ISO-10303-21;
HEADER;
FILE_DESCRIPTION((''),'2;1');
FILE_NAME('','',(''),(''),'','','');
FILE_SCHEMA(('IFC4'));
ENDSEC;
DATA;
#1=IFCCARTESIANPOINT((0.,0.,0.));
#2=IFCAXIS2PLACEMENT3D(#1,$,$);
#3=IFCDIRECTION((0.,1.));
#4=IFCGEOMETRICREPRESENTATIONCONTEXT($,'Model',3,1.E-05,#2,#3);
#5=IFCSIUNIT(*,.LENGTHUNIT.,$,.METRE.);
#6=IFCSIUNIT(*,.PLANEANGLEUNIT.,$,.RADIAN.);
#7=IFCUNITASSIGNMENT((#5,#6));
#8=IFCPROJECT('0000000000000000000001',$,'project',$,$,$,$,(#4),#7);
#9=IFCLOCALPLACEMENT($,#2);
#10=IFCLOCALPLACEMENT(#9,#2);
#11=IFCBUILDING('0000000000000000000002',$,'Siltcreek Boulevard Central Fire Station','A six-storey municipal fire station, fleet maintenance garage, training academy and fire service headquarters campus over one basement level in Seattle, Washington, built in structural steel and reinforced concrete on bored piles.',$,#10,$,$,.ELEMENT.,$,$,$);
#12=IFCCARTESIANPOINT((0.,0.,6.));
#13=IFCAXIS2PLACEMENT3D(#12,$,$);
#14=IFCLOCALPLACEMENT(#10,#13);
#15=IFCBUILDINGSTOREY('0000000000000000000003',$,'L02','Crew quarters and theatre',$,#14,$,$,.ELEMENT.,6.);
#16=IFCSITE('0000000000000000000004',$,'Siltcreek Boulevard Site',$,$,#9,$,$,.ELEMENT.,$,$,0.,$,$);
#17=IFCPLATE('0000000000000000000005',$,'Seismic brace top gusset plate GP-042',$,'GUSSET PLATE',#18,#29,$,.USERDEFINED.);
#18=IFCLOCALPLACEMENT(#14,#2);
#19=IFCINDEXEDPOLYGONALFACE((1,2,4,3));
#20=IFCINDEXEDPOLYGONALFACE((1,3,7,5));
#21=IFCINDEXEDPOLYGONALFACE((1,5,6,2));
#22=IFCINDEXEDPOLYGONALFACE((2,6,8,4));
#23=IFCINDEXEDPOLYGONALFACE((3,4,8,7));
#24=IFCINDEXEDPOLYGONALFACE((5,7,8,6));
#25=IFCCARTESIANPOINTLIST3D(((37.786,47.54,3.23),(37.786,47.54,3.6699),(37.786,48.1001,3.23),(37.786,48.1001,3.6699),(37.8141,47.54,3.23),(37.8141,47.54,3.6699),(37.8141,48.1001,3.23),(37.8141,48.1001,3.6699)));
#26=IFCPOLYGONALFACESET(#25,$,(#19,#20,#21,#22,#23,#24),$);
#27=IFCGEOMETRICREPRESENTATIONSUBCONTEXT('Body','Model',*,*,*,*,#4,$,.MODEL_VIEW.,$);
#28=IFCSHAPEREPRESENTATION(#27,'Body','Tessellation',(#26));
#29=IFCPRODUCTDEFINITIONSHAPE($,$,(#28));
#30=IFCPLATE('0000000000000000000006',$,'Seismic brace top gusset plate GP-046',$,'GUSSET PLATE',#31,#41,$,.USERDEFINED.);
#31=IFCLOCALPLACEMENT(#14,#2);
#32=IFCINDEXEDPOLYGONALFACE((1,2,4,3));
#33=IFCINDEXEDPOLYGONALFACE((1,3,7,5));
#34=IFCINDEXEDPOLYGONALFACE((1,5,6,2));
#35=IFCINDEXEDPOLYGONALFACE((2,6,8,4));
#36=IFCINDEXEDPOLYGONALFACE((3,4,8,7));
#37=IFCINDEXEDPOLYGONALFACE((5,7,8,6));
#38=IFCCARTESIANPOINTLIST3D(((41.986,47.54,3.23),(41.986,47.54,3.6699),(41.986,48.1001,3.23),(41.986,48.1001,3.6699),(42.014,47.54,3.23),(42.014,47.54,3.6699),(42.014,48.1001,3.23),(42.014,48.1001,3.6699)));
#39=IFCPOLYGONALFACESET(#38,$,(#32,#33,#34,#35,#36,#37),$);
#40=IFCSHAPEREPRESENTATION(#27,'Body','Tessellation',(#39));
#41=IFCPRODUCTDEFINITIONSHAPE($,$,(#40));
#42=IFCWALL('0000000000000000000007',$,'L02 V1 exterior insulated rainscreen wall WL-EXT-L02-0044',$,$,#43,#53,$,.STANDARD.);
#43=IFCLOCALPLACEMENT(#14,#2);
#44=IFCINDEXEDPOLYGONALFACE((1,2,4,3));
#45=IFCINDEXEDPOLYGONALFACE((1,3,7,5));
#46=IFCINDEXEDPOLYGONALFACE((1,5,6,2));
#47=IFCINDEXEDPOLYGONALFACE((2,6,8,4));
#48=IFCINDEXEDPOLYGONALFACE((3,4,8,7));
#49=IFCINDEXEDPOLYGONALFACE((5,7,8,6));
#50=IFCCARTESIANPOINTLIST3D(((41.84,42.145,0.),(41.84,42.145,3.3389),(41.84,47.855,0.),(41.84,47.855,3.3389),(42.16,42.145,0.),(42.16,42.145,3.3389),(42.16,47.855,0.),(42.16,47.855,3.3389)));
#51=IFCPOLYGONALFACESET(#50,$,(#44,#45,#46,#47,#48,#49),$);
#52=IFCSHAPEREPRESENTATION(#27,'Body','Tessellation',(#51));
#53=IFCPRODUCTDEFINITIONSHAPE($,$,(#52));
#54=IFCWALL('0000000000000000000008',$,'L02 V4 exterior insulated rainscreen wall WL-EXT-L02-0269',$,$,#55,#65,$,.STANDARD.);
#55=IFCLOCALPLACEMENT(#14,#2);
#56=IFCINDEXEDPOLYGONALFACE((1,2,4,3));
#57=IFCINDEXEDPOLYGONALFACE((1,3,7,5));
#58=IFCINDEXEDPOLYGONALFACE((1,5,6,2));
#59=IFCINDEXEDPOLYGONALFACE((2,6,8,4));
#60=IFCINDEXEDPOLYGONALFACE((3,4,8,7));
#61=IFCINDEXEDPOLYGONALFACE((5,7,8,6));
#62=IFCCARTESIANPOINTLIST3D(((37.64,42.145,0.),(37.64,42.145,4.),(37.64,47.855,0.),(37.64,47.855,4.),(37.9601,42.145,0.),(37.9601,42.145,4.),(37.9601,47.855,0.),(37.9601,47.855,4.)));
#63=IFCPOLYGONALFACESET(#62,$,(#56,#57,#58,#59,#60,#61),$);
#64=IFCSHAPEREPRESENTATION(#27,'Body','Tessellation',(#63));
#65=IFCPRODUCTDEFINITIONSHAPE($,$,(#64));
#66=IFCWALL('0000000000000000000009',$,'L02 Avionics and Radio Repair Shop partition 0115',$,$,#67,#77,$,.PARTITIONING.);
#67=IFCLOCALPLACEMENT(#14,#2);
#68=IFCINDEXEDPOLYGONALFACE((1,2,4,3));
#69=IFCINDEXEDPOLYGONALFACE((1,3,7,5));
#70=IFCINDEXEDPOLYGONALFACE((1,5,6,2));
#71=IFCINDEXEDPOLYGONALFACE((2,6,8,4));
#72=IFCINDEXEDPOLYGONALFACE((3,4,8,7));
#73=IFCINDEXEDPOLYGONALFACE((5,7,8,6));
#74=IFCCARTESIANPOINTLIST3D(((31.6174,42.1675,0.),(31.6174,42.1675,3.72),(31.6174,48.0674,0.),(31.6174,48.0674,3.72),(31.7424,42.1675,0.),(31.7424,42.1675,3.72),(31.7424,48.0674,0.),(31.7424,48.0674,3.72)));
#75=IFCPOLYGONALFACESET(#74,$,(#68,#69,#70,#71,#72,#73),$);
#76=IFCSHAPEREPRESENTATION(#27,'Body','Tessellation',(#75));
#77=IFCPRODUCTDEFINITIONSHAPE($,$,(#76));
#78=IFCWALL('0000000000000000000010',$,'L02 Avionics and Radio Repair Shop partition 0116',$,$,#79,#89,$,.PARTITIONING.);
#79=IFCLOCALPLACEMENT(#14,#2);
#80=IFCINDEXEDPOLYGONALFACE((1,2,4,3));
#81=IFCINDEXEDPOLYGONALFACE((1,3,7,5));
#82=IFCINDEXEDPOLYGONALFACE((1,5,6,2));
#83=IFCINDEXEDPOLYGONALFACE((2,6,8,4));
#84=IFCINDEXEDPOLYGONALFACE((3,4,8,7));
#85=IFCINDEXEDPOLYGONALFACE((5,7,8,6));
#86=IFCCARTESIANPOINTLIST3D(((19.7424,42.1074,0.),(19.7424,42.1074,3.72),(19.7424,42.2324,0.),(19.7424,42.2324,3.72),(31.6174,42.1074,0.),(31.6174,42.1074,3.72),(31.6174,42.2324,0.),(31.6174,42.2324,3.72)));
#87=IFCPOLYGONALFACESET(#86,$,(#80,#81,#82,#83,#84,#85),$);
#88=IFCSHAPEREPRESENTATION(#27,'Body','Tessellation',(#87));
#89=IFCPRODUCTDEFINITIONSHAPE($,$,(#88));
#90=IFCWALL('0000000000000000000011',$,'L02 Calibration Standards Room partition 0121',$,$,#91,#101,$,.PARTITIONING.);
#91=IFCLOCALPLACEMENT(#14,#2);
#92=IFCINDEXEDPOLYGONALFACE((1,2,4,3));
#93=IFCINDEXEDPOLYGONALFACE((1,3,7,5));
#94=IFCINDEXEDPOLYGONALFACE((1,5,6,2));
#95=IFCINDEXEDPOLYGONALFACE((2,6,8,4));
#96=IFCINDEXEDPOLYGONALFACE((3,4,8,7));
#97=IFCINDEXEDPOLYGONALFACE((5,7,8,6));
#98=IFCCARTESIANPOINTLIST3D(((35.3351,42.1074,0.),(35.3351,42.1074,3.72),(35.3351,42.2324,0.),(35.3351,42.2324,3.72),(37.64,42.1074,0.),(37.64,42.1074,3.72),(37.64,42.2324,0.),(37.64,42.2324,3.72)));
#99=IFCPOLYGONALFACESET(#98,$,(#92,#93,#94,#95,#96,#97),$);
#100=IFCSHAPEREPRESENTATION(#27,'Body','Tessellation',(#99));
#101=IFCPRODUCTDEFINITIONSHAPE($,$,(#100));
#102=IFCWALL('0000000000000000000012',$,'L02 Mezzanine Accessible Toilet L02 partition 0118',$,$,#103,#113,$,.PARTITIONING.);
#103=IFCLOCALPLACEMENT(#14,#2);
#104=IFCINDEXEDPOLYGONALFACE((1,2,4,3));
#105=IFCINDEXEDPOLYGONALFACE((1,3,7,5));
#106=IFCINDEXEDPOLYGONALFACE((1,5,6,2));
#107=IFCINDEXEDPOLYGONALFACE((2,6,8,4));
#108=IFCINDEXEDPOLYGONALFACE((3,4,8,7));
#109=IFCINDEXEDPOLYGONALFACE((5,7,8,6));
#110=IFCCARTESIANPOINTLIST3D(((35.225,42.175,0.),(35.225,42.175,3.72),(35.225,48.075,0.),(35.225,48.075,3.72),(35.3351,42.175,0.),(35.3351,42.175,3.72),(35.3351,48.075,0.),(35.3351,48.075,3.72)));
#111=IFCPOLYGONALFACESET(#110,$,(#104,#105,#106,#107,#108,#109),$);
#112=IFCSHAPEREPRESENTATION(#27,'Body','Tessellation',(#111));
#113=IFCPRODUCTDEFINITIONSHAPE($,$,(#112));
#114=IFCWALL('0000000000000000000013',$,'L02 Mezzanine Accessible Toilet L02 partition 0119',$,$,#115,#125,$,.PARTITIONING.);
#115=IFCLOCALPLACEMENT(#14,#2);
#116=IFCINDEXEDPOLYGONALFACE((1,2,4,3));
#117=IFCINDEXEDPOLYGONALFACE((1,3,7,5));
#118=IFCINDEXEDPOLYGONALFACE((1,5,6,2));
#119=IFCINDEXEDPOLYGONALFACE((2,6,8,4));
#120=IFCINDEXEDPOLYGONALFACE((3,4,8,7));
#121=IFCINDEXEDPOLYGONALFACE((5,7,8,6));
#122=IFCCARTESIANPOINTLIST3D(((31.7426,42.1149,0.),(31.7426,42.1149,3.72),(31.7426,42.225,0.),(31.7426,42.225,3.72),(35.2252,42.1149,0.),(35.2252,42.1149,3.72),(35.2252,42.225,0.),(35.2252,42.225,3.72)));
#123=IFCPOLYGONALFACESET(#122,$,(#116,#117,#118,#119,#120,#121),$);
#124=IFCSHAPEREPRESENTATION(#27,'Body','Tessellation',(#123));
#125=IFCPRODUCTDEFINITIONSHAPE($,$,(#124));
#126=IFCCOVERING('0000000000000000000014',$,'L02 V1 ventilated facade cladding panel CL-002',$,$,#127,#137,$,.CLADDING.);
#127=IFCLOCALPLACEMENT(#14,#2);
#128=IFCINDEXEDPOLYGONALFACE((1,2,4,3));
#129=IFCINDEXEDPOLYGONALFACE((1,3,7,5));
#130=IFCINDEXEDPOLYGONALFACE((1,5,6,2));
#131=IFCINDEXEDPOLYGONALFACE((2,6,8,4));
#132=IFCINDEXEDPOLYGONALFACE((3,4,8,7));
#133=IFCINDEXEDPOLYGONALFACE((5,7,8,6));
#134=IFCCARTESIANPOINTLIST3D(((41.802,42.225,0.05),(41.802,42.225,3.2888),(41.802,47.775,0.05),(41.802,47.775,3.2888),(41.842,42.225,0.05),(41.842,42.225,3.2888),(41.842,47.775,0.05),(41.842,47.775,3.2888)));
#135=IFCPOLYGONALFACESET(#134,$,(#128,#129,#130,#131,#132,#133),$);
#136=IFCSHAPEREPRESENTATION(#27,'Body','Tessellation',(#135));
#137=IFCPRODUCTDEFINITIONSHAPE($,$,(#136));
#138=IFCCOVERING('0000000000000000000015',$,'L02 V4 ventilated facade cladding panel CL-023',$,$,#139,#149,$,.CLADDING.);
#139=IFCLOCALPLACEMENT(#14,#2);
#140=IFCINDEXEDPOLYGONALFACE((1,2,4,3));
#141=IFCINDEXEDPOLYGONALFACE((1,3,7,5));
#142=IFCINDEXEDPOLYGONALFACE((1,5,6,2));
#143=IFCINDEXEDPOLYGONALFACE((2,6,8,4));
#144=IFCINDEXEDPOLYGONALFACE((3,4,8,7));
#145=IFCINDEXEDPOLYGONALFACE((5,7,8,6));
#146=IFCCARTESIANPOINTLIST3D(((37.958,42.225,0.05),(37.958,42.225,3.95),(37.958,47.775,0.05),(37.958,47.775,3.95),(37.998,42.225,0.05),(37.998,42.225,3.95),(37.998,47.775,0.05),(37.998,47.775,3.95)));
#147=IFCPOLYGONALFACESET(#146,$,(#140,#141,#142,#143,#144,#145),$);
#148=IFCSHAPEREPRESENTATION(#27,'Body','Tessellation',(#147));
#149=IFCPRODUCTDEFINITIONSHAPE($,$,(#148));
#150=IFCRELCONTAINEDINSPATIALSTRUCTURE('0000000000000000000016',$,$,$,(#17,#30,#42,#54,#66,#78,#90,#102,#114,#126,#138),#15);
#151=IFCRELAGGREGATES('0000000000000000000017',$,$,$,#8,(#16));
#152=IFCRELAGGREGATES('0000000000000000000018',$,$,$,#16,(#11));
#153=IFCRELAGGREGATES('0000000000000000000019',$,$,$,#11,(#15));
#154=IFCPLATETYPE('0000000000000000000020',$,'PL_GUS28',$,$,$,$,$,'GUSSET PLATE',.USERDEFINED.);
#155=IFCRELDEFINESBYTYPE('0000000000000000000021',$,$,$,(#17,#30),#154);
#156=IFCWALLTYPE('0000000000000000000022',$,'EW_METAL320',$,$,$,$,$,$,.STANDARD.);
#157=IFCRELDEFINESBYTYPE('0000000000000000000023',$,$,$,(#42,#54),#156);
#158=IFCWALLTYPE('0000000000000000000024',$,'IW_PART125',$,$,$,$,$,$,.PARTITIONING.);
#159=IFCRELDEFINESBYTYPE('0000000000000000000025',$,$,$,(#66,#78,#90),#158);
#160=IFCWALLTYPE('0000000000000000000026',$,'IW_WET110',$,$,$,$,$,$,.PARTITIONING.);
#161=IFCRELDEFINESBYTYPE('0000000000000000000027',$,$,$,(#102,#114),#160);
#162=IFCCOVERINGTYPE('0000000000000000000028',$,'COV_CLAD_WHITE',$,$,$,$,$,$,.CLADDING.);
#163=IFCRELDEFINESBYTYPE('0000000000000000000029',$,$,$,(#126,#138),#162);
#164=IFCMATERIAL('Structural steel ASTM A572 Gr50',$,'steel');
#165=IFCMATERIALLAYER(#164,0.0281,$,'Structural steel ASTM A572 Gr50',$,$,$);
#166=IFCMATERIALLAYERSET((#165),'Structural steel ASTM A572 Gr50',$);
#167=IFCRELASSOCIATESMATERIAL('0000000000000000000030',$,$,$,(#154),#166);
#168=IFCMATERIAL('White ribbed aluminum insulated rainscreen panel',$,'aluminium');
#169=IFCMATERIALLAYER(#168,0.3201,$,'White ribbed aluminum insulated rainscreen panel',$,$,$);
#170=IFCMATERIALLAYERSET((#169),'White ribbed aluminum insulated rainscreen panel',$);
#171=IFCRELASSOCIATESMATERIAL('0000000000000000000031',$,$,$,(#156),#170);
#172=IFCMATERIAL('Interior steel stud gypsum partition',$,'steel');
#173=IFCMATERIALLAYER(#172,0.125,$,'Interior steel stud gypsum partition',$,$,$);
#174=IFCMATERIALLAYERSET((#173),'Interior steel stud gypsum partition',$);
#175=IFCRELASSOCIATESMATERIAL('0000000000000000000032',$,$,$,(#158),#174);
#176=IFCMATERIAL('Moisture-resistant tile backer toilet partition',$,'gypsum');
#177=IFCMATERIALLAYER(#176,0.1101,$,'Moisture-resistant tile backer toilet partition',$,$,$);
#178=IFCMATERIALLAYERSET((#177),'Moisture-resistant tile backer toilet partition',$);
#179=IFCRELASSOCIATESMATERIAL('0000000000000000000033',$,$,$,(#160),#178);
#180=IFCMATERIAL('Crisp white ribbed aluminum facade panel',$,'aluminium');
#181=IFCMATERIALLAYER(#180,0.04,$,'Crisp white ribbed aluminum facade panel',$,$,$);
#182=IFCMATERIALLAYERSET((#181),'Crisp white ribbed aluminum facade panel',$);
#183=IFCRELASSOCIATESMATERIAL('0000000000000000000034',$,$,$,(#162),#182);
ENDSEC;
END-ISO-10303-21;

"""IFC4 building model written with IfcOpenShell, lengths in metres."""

from ifc_helpers import new_model, si_unit, direction, frame, frame_2d, origin, origin_2d, place, context, subcontext, project, spatial, rectangle, extrude, material, layer, layer_set, type_object, element, save


model = new_model("IFC4")

# Units and contexts
model_context = context("Model", 3, precision=1e-05, world=origin(), true_north=direction((0.0, 1.0)))
body_context = subcontext(model_context, "Body", "Model", "MODEL_VIEW")
ifc_project = project(units=[si_unit("LENGTHUNIT", "METRE"), si_unit("PLANEANGLEUNIT", "RADIAN")], contexts=[model_context])

# Site, building, storey
site_placement = place(None, origin())
site = spatial("IfcSite", under=ifc_project, at=site_placement, Name="Siltcreek Boulevard Site", CompositionType="ELEMENT", RefElevation=0.0)
building_placement = place(site_placement, origin())
building = spatial("IfcBuilding", under=site, at=building_placement, Name="Siltcreek Boulevard Central Fire Station", Description="A six-storey municipal fire station, fleet maintenance garage, training academy and fire service headquarters campus over one basement level in Seattle, Washington, built in structural steel and reinforced concrete on bored piles.", CompositionType="ELEMENT")
storey_placement = place(building_placement, frame((0.0, 0.0, 6.0)))
storey = spatial("IfcBuildingStorey", under=building, at=storey_placement, Name="L02", Description="Crew quarters and theatre", CompositionType="ELEMENT", Elevation=6.0)

# Plates
ifc_material_1 = material(Name="Structural steel ASTM A572 Gr50", Category="steel")
ifc_layer_1 = layer(ifc_material_1, 0.0281, Name="Structural steel ASTM A572 Gr50")
ifc_layer_set_1 = layer_set([ifc_layer_1], Name="Structural steel ASTM A572 Gr50")
plate_type_1 = type_object("IfcPlateType", Name="PL_GUS28", ElementType="GUSSET PLATE", PredefinedType="USERDEFINED", material=ifc_layer_set_1)
for number, where, z_axis, x_axis, name in (
    (1, (37.8, 47.8201, 3.23), (0.0, 0.0, 1.0), (0.0, 1.0, 0.0), "Seismic brace top gusset plate GP-042"),
    (2, (42.0, 47.8201, 3.23), (0.0, 0.0, 1.0), (0.0, 1.0, 0.0), "Seismic brace top gusset plate GP-046"),
):
    element("IfcPlate", number, at=place(storey_placement, frame(where, z_axis=z_axis, x_axis=x_axis)), inside=storey, type_object=plate_type_1, Name=name, ObjectType="GUSSET PLATE", PredefinedType="USERDEFINED", context=body_context, shape_type="SweptSolid", body=[
        extrude(rectangle(XDim=0.5601, YDim=0.0281, at=origin_2d()), origin(), (0.0, 0.0, 1.0), 0.4399),
    ])

# Walls
ifc_material_2 = material(Name="White ribbed aluminum insulated rainscreen panel", Category="aluminium")
ifc_layer_2 = layer(ifc_material_2, 0.3201, Name="White ribbed aluminum insulated rainscreen panel")
ifc_layer_set_2 = layer_set([ifc_layer_2], Name="White ribbed aluminum insulated rainscreen panel")
wall_type_1 = type_object("IfcWallType", Name="EW_METAL320", PredefinedType="STANDARD", material=ifc_layer_set_2)
wall_1_placement = place(storey_placement, frame((42.0, 47.855, 0.0), z_axis=(0.0, 0.0, 1.0), x_axis=(0.0, -1.0, 0.0)))
element("IfcWall", 3, at=wall_1_placement, inside=storey, type_object=wall_type_1, Name="L02 V1 exterior insulated rainscreen wall WL-EXT-L02-0044", PredefinedType="STANDARD", context=body_context, shape_type="SweptSolid", body=[
    extrude(rectangle(XDim=5.71, YDim=0.3201, at=frame_2d((2.855, 0.0))), origin(), (0.0, 0.0, 1.0), 3.3389),
])
wall_2_placement = place(storey_placement, frame((37.8, 42.145, 0.0), z_axis=(0.0, 0.0, 1.0), x_axis=(0.0, 1.0, 0.0)))
element("IfcWall", 4, at=wall_2_placement, inside=storey, type_object=wall_type_1, Name="L02 V4 exterior insulated rainscreen wall WL-EXT-L02-0269", PredefinedType="STANDARD", context=body_context, shape_type="SweptSolid", body=[
    extrude(rectangle(XDim=5.71, YDim=0.3201, at=frame_2d((2.855, 0.0))), origin(), (0.0, 0.0, 1.0), 4.0),
])
ifc_material_3 = material(Name="Interior steel stud gypsum partition", Category="steel")
ifc_layer_3 = layer(ifc_material_3, 0.125, Name="Interior steel stud gypsum partition")
ifc_layer_set_3 = layer_set([ifc_layer_3], Name="Interior steel stud gypsum partition")
wall_type_2 = type_object("IfcWallType", Name="IW_PART125", PredefinedType="PARTITIONING", material=ifc_layer_set_3)
wall_3_placement = place(storey_placement, frame((31.6799, 48.0674, 0.0), z_axis=(0.0, 0.0, 1.0), x_axis=(0.0, -1.0, 0.0)))
element("IfcWall", 5, at=wall_3_placement, inside=storey, type_object=wall_type_2, Name="L02 Avionics and Radio Repair Shop partition 0115", PredefinedType="PARTITIONING", context=body_context, shape_type="SweptSolid", body=[
    extrude(rectangle(XDim=5.8999, YDim=0.125, at=frame_2d((2.95, 0.0))), origin(), (0.0, 0.0, 1.0), 3.72),
])
wall_4_placement = place(storey_placement, frame((31.6174, 42.1699, 0.0), z_axis=(0.0, 0.0, 1.0), x_axis=(-1.0, 0.0, 0.0)))
element("IfcWall", 6, at=wall_4_placement, inside=storey, type_object=wall_type_2, Name="L02 Avionics and Radio Repair Shop partition 0116", PredefinedType="PARTITIONING", context=body_context, shape_type="SweptSolid", body=[
    extrude(rectangle(XDim=11.875, YDim=0.125, at=frame_2d((5.9375, 0.0))), origin(), (0.0, 0.0, 1.0), 3.72),
])
wall_5_placement = place(storey_placement, frame((37.6399, 42.1699, 0.0), z_axis=(0.0, 0.0, 1.0), x_axis=(-1.0, 0.0, 0.0)))
element("IfcWall", 7, at=wall_5_placement, inside=storey, type_object=wall_type_2, Name="L02 Calibration Standards Room partition 0121", PredefinedType="PARTITIONING", context=body_context, shape_type="SweptSolid", body=[
    extrude(rectangle(XDim=2.3049, YDim=0.125, at=frame_2d((1.1523, 0.0))), origin(), (0.0, 0.0, 1.0), 3.72),
])
ifc_material_4 = material(Name="Moisture-resistant tile backer toilet partition", Category="gypsum")
ifc_layer_4 = layer(ifc_material_4, 0.1101, Name="Moisture-resistant tile backer toilet partition")
ifc_layer_set_4 = layer_set([ifc_layer_4], Name="Moisture-resistant tile backer toilet partition")
wall_type_3 = type_object("IfcWallType", Name="IW_WET110", PredefinedType="PARTITIONING", material=ifc_layer_set_4)
wall_6_placement = place(storey_placement, frame((35.28, 48.075, 0.0), z_axis=(0.0, 0.0, 1.0), x_axis=(0.0, -1.0, 0.0)))
element("IfcWall", 8, at=wall_6_placement, inside=storey, type_object=wall_type_3, Name="L02 Mezzanine Accessible Toilet L02 partition 0118", PredefinedType="PARTITIONING", context=body_context, shape_type="SweptSolid", body=[
    extrude(rectangle(XDim=5.8999, YDim=0.1101, at=frame_2d((2.95, 0.0))), origin(), (0.0, 0.0, 1.0), 3.72),
])
wall_7_placement = place(storey_placement, frame((35.2251, 42.1699, 0.0), z_axis=(0.0, 0.0, 1.0), x_axis=(-1.0, 0.0, 0.0)))
element("IfcWall", 9, at=wall_7_placement, inside=storey, type_object=wall_type_3, Name="L02 Mezzanine Accessible Toilet L02 partition 0119", PredefinedType="PARTITIONING", context=body_context, shape_type="SweptSolid", body=[
    extrude(rectangle(XDim=3.4827, YDim=0.1101, at=frame_2d((1.7412, 0.0))), origin(), (0.0, 0.0, 1.0), 3.72),
])

# Coverings
ifc_material_5 = material(Name="Crisp white ribbed aluminum facade panel", Category="aluminium")
ifc_layer_5 = layer(ifc_material_5, 0.04, Name="Crisp white ribbed aluminum facade panel")
ifc_layer_set_5 = layer_set([ifc_layer_5], Name="Crisp white ribbed aluminum facade panel")
covering_type = type_object("IfcCoveringType", Name="COV_CLAD_WHITE", PredefinedType="CLADDING", material=ifc_layer_set_5)
covering_1_placement = place(storey_placement, frame((41.822, 45.0, 0.05), z_axis=(0.0, 0.0, 1.0), x_axis=(0.0, -1.0, 0.0)))
element("IfcCovering", 10, at=covering_1_placement, inside=storey, type_object=covering_type, Name="L02 V1 ventilated facade cladding panel CL-002", PredefinedType="CLADDING", context=body_context, shape_type="SweptSolid", body=[
    extrude(rectangle(XDim=5.55, YDim=0.04, at=origin_2d()), origin(), (0.0, 0.0, 1.0), 3.2388),
])
covering_2_placement = place(storey_placement, frame((37.978, 45.0, 0.05), z_axis=(0.0, 0.0, 1.0), x_axis=(0.0, 1.0, 0.0)))
element("IfcCovering", 11, at=covering_2_placement, inside=storey, type_object=covering_type, Name="L02 V4 ventilated facade cladding panel CL-023", PredefinedType="CLADDING", context=body_context, shape_type="SweptSolid", body=[
    extrude(rectangle(XDim=5.55, YDim=0.04, at=origin_2d()), origin(), (0.0, 0.0, 1.0), 3.8999),
])

save(model, "model.ifc")
